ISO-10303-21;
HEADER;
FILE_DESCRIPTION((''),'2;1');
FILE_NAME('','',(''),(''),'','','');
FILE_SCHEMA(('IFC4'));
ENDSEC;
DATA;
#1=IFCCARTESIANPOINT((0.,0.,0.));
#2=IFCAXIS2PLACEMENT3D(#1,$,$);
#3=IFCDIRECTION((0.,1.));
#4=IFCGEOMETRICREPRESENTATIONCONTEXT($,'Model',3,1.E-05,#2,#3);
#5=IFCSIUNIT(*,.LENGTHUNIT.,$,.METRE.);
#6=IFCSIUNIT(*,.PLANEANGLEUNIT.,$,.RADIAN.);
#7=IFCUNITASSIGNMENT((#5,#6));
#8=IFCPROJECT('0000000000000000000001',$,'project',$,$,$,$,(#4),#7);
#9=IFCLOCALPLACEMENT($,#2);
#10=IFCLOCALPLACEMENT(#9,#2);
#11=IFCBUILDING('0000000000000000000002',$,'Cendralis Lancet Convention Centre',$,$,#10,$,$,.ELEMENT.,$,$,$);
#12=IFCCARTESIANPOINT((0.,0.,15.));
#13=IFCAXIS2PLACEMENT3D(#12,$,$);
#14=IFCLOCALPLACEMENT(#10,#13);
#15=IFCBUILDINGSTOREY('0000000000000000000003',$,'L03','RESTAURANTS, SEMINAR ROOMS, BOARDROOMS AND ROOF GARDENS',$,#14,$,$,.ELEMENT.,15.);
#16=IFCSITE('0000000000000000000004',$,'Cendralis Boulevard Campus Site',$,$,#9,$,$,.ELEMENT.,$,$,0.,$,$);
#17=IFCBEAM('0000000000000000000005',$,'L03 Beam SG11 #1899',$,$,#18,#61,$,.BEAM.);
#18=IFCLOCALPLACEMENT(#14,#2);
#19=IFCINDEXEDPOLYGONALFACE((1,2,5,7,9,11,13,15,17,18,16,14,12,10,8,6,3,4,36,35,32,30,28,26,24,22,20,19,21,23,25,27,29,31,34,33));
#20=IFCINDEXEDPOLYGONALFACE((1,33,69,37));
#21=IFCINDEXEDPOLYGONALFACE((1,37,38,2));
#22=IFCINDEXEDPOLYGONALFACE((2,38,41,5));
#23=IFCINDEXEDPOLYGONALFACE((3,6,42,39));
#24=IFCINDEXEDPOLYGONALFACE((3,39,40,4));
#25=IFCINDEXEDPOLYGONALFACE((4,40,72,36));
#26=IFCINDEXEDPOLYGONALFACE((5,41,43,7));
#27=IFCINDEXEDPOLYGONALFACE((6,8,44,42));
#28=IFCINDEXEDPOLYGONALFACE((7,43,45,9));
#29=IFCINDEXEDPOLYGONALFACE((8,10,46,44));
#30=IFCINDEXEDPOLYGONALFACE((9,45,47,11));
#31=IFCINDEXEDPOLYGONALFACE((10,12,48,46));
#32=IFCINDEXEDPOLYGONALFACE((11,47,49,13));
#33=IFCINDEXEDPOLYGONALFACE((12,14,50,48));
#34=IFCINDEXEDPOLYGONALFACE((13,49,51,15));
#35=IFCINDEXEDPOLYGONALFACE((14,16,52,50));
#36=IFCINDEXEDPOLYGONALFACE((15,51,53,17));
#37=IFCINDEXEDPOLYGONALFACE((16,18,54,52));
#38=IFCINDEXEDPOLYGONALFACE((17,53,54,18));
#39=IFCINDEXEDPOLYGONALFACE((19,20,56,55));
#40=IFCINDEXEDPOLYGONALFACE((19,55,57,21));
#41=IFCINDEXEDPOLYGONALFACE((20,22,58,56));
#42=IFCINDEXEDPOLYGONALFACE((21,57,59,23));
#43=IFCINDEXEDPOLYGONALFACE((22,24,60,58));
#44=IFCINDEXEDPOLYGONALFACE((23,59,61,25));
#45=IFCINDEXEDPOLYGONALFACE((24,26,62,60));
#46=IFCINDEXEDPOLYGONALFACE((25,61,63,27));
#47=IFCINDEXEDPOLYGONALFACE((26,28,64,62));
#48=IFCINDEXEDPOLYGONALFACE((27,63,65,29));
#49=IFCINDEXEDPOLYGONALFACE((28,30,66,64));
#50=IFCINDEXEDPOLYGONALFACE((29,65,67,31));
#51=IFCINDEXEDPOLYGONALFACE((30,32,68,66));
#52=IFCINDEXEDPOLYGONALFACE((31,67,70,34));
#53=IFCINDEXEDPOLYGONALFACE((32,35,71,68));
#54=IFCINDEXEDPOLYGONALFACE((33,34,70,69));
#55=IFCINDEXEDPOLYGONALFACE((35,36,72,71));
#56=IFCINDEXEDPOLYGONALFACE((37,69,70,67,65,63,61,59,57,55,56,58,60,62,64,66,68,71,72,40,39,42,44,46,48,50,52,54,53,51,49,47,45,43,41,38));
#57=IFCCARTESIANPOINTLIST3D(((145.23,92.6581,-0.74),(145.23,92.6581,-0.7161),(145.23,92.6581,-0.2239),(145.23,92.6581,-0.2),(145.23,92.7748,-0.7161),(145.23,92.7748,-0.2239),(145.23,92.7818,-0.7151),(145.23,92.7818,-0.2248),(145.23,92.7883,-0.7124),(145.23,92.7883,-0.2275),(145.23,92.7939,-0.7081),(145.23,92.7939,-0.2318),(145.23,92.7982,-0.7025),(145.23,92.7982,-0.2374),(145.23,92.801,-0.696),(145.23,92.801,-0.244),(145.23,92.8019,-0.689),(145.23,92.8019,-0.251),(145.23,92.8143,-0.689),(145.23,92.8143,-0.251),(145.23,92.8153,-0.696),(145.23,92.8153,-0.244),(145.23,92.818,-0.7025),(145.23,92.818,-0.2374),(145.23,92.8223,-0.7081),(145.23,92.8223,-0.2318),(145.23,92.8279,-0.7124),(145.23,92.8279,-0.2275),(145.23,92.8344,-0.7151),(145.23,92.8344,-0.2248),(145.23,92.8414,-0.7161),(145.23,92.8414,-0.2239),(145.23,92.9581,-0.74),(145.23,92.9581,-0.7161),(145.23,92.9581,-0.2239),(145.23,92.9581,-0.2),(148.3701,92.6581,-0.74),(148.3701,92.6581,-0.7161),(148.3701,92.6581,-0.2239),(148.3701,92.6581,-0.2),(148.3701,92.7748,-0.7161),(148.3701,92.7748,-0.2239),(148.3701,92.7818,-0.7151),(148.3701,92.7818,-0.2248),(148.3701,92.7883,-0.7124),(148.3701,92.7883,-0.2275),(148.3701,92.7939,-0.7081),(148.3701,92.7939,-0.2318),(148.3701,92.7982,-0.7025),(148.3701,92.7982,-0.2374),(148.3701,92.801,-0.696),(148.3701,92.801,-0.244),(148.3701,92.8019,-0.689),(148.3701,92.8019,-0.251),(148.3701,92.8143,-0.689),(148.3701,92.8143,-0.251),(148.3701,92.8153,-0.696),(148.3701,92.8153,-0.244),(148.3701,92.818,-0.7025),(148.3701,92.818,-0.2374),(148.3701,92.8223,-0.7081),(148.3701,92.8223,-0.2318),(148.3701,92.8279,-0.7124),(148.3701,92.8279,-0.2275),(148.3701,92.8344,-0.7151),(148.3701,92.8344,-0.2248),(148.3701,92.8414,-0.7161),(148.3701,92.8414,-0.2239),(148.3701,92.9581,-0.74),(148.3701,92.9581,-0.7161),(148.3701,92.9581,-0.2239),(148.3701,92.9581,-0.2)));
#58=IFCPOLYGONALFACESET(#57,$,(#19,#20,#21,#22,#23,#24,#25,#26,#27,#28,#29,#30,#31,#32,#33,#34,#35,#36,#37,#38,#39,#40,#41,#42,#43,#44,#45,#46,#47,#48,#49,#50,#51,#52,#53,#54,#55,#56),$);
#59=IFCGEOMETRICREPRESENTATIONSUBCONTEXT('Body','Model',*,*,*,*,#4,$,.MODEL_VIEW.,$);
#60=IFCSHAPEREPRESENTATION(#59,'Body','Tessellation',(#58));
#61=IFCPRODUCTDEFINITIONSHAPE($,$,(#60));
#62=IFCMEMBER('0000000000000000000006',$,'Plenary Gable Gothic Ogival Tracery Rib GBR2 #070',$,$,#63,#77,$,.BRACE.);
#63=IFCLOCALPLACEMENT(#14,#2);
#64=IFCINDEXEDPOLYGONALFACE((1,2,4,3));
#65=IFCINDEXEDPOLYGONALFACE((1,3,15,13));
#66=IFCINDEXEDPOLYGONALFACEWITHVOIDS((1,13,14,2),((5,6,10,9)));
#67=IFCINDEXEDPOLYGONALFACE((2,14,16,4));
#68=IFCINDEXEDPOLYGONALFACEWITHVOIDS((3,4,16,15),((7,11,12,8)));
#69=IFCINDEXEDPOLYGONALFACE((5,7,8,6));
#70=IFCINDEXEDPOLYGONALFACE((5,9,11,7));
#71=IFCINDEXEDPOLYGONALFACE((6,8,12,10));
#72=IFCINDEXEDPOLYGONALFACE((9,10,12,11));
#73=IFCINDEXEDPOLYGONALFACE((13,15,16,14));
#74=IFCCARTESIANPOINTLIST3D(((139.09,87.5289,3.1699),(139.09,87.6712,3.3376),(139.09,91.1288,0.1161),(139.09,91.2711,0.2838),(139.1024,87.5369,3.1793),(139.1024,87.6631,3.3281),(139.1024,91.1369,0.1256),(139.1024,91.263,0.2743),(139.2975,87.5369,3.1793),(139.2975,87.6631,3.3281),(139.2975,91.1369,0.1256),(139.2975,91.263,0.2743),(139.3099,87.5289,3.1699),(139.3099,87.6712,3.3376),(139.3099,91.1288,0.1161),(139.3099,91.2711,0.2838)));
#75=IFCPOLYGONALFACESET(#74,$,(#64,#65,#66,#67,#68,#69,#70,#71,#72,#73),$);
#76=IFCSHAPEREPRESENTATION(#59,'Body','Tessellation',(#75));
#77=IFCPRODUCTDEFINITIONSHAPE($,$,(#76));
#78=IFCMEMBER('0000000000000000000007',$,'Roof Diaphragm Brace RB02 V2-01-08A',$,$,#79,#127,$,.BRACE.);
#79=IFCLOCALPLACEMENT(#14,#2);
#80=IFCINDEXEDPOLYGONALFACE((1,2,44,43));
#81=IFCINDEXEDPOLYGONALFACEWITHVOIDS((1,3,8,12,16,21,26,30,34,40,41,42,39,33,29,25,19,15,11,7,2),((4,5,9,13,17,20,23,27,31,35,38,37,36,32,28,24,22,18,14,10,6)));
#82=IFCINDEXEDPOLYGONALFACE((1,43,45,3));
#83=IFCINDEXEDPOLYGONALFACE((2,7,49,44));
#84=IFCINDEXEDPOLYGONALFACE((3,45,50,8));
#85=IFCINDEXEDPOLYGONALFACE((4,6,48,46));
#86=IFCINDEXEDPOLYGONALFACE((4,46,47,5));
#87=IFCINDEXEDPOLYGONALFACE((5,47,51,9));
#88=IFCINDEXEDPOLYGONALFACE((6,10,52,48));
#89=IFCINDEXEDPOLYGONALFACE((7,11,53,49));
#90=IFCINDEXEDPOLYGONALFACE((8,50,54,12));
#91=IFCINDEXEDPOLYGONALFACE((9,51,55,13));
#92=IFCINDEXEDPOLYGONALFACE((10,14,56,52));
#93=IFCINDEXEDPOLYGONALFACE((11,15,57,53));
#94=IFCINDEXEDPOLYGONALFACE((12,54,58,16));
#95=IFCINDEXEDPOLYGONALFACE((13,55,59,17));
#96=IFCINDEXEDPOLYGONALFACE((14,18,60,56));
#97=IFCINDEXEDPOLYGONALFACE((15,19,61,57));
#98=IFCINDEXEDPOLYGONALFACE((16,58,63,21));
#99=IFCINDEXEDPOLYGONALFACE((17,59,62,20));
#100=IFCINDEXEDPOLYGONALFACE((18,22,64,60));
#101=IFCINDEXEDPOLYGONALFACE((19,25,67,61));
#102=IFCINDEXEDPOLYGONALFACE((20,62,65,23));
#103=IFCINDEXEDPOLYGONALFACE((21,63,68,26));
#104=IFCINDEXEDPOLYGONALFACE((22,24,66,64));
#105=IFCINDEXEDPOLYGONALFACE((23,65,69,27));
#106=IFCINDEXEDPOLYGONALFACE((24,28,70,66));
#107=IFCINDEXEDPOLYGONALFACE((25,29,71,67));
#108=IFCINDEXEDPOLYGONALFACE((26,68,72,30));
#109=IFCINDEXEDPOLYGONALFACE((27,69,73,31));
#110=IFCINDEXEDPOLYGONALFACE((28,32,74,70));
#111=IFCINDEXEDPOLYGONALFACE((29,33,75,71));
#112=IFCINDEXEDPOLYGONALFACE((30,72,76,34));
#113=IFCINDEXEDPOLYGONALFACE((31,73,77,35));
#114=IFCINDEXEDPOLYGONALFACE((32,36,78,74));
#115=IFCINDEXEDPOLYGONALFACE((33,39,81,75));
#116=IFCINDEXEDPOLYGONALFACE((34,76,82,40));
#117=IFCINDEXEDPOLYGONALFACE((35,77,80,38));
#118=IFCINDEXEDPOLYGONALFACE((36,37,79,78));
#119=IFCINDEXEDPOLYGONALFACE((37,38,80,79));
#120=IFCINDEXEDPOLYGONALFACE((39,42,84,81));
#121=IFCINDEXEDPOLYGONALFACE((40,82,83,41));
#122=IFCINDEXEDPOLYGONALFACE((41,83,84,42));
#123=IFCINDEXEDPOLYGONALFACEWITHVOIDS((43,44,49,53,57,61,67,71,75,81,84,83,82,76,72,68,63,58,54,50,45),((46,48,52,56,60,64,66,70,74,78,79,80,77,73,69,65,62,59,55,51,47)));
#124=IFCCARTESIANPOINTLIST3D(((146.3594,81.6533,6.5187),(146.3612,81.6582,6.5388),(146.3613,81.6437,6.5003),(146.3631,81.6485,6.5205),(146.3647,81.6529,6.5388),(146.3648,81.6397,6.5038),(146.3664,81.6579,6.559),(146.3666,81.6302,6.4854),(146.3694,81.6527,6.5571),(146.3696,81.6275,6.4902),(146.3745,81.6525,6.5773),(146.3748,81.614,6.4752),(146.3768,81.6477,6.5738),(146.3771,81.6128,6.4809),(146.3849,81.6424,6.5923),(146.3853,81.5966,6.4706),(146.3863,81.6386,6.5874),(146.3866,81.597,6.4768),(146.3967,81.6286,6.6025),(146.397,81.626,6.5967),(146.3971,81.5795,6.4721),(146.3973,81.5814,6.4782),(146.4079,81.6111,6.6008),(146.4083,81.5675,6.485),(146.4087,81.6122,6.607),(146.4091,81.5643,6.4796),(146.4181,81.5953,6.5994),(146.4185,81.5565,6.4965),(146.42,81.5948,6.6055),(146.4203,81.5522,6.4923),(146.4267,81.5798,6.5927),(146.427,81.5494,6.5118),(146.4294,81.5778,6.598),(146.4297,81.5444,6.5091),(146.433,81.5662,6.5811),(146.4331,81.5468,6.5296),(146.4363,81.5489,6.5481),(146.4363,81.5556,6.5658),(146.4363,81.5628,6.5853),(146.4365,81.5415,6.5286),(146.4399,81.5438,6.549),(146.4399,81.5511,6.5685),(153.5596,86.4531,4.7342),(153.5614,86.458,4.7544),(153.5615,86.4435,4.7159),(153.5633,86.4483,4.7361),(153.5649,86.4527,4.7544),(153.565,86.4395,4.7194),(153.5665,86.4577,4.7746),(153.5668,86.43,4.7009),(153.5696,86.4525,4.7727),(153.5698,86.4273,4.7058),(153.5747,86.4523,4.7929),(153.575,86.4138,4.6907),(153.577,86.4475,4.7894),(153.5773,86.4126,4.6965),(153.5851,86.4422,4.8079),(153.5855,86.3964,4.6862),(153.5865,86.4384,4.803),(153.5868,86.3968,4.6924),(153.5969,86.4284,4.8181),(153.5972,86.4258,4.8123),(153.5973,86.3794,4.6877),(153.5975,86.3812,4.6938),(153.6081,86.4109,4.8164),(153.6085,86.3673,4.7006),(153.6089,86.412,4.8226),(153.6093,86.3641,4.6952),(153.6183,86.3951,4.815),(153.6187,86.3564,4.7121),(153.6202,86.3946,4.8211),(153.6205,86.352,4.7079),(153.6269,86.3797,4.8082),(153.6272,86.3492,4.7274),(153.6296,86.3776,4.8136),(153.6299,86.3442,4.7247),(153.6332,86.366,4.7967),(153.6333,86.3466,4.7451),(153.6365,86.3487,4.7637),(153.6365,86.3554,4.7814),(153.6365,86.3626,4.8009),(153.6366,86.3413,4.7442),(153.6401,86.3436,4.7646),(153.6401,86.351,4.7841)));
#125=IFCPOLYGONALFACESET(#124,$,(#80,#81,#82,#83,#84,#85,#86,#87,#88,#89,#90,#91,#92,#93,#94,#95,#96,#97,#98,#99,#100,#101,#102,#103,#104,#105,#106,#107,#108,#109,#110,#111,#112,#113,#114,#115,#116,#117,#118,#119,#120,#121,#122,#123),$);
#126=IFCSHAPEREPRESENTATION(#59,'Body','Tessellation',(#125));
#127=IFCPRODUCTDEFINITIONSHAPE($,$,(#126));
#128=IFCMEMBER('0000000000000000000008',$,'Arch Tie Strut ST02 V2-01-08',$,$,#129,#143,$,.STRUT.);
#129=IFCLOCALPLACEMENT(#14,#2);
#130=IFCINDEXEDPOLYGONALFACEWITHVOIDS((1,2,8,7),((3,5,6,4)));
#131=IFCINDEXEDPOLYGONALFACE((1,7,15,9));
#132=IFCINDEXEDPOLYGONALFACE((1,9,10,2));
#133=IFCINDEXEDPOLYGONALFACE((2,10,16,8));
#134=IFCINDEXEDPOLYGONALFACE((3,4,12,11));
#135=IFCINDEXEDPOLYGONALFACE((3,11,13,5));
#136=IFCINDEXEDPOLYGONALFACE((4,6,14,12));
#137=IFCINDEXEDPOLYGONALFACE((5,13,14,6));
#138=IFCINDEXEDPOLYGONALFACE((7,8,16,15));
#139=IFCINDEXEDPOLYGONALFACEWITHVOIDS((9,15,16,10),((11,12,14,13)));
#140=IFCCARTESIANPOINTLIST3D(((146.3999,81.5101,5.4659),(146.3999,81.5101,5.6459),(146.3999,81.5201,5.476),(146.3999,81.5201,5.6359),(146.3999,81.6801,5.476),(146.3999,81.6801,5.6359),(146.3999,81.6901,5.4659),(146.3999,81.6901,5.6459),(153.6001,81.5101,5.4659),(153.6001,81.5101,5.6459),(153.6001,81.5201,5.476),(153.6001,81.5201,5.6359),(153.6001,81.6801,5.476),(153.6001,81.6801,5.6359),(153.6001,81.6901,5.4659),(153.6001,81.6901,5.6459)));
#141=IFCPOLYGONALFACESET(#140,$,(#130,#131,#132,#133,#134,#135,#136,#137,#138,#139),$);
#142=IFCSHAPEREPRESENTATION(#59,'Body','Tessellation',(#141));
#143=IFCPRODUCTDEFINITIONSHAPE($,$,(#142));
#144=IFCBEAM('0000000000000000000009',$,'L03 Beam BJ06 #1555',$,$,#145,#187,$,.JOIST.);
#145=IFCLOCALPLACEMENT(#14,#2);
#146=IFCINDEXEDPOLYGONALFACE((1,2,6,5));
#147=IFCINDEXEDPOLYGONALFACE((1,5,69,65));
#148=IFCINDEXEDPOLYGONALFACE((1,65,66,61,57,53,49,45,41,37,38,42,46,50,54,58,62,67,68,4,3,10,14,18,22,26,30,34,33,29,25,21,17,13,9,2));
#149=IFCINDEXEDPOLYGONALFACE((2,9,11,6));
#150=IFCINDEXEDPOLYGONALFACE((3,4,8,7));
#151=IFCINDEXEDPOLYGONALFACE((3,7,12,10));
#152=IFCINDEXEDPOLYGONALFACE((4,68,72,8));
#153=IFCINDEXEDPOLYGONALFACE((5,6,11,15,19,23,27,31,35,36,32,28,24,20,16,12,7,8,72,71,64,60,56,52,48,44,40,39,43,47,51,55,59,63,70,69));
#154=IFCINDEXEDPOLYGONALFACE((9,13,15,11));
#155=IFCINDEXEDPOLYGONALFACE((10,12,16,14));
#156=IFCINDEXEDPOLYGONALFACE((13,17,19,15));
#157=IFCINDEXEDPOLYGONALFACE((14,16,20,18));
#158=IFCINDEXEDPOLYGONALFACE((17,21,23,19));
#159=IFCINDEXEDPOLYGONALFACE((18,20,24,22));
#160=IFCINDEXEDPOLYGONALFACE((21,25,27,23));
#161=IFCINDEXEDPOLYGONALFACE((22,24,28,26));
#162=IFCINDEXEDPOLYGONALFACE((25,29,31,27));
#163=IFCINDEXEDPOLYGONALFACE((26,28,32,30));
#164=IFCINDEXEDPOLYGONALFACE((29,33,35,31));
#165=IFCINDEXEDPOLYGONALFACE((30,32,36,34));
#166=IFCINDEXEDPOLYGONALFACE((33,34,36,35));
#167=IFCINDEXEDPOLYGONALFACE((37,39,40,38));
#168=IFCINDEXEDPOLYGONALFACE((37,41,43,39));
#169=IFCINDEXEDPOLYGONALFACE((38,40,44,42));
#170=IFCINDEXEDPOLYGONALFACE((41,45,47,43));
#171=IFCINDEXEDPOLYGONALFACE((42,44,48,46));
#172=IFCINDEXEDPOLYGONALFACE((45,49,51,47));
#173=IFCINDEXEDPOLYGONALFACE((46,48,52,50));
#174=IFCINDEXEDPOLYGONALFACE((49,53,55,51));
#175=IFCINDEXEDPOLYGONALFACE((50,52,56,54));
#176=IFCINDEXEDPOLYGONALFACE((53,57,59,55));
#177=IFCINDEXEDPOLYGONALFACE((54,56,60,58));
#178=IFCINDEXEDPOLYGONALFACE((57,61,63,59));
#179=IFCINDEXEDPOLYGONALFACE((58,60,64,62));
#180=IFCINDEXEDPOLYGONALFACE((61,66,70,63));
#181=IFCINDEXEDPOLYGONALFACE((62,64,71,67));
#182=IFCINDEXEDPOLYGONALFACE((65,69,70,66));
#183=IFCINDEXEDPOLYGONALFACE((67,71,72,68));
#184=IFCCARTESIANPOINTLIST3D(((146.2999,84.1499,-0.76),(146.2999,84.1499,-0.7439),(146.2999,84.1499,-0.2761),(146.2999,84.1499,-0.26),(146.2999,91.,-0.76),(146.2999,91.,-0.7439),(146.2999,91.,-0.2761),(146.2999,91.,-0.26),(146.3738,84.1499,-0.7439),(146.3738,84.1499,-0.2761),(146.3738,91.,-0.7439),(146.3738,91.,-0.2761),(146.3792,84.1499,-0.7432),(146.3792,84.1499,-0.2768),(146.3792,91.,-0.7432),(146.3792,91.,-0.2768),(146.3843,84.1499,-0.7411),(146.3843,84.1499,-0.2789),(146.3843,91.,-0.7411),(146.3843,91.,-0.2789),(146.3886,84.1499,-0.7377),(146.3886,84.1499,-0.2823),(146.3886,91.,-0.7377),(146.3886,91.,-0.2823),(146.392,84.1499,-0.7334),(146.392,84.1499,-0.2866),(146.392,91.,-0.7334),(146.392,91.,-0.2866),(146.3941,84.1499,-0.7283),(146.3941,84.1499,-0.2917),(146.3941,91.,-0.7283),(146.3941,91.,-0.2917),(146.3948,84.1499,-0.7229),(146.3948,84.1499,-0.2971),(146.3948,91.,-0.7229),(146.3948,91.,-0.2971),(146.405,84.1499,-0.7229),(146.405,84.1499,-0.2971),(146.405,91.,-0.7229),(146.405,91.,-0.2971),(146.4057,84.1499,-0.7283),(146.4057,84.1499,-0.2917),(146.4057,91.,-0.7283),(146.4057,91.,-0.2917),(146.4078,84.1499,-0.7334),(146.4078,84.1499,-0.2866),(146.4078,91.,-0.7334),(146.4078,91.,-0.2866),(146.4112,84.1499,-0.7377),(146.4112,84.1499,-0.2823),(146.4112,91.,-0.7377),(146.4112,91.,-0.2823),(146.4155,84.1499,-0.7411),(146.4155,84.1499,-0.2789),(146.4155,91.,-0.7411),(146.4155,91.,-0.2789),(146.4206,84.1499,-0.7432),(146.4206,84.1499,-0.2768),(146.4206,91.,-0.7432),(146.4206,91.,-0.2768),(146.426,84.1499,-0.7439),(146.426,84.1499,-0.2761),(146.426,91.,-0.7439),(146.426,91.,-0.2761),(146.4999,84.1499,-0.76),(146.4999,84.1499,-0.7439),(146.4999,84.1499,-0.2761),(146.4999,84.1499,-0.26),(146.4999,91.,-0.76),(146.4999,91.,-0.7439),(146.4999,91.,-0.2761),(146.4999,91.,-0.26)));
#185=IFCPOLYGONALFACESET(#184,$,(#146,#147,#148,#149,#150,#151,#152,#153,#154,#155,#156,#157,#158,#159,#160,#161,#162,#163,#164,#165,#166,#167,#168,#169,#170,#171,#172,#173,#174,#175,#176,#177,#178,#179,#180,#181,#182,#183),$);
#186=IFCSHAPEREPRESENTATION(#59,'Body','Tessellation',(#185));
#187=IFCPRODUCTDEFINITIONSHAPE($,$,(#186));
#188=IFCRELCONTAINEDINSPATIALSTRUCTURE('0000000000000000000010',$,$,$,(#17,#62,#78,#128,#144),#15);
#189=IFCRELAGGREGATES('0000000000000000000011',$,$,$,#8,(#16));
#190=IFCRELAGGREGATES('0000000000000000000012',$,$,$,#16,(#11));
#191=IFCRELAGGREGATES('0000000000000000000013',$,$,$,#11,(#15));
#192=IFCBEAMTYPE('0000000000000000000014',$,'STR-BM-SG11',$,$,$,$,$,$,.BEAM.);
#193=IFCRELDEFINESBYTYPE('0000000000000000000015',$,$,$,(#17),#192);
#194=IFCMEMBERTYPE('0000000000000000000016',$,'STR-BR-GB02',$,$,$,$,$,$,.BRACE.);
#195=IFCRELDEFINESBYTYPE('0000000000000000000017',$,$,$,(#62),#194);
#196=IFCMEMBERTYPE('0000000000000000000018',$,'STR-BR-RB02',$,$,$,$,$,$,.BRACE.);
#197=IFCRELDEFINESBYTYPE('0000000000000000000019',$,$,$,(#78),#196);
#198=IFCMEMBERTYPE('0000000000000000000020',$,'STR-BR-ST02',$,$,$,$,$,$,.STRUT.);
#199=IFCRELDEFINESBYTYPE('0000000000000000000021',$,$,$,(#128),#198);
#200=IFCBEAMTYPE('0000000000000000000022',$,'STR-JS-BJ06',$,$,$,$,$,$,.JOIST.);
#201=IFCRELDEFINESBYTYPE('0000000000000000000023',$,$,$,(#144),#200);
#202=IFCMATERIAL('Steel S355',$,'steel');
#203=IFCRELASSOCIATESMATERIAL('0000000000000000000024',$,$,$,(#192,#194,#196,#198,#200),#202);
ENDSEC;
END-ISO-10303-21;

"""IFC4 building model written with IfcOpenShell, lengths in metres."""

from ifc_helpers import new_model, si_unit, direction, frame, origin, origin_2d, place, context, subcontext, project, spatial, hollow_rectangle, hollow_circle, i_section, extrude, material, material_profile, profile_set, type_object, element, save


model = new_model("IFC4")

# Units and contexts
model_context = context("Model", 3, precision=1e-05, world=origin(), true_north=direction((0.0, 1.0)))
body_context = subcontext(model_context, "Body", "Model", "MODEL_VIEW")
ifc_project = project(units=[si_unit("LENGTHUNIT", "METRE"), si_unit("PLANEANGLEUNIT", "RADIAN")], contexts=[model_context])

# Site, building, storey
site_placement = place(None, origin())
site = spatial("IfcSite", under=ifc_project, at=site_placement, Name="Cendralis Boulevard Campus Site", CompositionType="ELEMENT", RefElevation=0.0)
building_placement = place(site_placement, origin())
building = spatial("IfcBuilding", under=site, at=building_placement, Name="Cendralis Lancet Convention Centre", CompositionType="ELEMENT")
storey_placement = place(building_placement, frame((0.0, 0.0, 15.0)))
storey = spatial("IfcBuildingStorey", under=building, at=storey_placement, Name="L03", Description="RESTAURANTS, SEMINAR ROOMS, BOARDROOMS AND ROOF GARDENS", CompositionType="ELEMENT", Elevation=15.0)

# Shared definitions
ifc_material_1 = material(Name="Steel S355", Category="steel")

# Beam
ifc_material_profile_1 = material_profile(ifc_material_1, i_section(OverallWidth=0.3, OverallDepth=0.54, WebThickness=0.0125, FlangeThickness=0.0239, FilletRadius=0.0271, at=origin_2d()), Name="HEA 550")
ifc_profile_set_1 = profile_set([ifc_material_profile_1], Name="Steel S355")
beam_type_1 = type_object("IfcBeamType", Name="STR-BM-SG11", PredefinedType="BEAM", material=ifc_profile_set_1)
for number, where, z_axis, x_axis, name in (
    (1, (145.23, 92.8081, -0.47), (1.0, 0.0, 0.0), (0.0, 1.0, 0.0), "L03 Beam SG11 #1899"),
):
    element("IfcBeam", number, at=place(storey_placement, frame(where, z_axis=z_axis, x_axis=x_axis)), inside=storey, type_object=beam_type_1, Name=name, PredefinedType="BEAM", context=body_context, shape_type="SweptSolid", body=[
        extrude(i_section(OverallWidth=0.3, OverallDepth=0.54, WebThickness=0.0125, FlangeThickness=0.0239, FilletRadius=0.0271, at=origin_2d()), origin(), (0.0, 0.0, 1.0), 3.1401),
    ])

# Members
ifc_material_profile_2 = material_profile(ifc_material_1, hollow_rectangle(XDim=0.22, YDim=0.22, WallThickness=0.0125, at=origin_2d()), Name="SHS 220x220x12.5")
ifc_profile_set_2 = profile_set([ifc_material_profile_2], Name="Steel S355")
member_type_1 = type_object("IfcMemberType", Name="STR-BR-GB02", PredefinedType="BRACE", material=ifc_profile_set_2)
member_1_placement = place(storey_placement, frame((139.2, 91.2, 0.2), z_axis=(0.0, -0.762583, 0.64689), x_axis=(1.0, 0.0, 0.0)))
element("IfcMember", 2, at=member_1_placement, inside=storey, type_object=member_type_1, Name="Plenary Gable Gothic Ogival Tracery Rib GBR2 #070", PredefinedType="BRACE", context=body_context, shape_type="SweptSolid", body=[
    extrude(hollow_rectangle(XDim=0.22, YDim=0.22, WallThickness=0.0125, at=origin_2d()), origin(), (0.0, 0.0, 1.0), 4.7207),
])
ifc_material_profile_3 = material_profile(ifc_material_1, hollow_circle(Radius=0.0698, WallThickness=0.0063, at=origin_2d()), Name="CHS 139.7x6.3")
ifc_profile_set_3 = profile_set([ifc_material_profile_3], Name="Steel S355")
member_type_2 = type_object("IfcMemberType", Name="STR-BR-RB02", PredefinedType="BRACE", material=ifc_profile_set_3)
member_2_placement = place(storey_placement, frame((146.3999, 81.6001, 6.5388), z_axis=(0.814922, 0.543244, -0.201962), x_axis=(-0.554674, 0.832068, 0.0)))
element("IfcMember", 3, at=member_2_placement, inside=storey, type_object=member_type_2, Name="Roof Diaphragm Brace RB02 V2-01-08A", PredefinedType="BRACE", context=body_context, shape_type="SweptSolid", body=[
    extrude(hollow_circle(Radius=0.0698, WallThickness=0.0063, at=origin_2d()), origin(), (0.0, 0.0, 1.0), 8.8354),
])
ifc_material_profile_4 = material_profile(ifc_material_1, hollow_rectangle(XDim=0.1799, YDim=0.1799, WallThickness=0.01, at=origin_2d()), Name="SHS 180x180x10.0")
ifc_profile_set_4 = profile_set([ifc_material_profile_4], Name="Steel S355")
member_type_3 = type_object("IfcMemberType", Name="STR-BR-ST02", PredefinedType="STRUT", material=ifc_profile_set_4)
member_3_placement = place(storey_placement, frame((146.3999, 81.6001, 5.5559), z_axis=(1.0, 0.0, 0.0), x_axis=(0.0, 1.0, 0.0)))
element("IfcMember", 4, at=member_3_placement, inside=storey, type_object=member_type_3, Name="Arch Tie Strut ST02 V2-01-08", PredefinedType="STRUT", context=body_context, shape_type="SweptSolid", body=[
    extrude(hollow_rectangle(XDim=0.1799, YDim=0.1799, WallThickness=0.01, at=origin_2d()), origin(), (0.0, 0.0, 1.0), 7.2002),
])

# Beam
ifc_material_profile_5 = material_profile(ifc_material_1, i_section(OverallWidth=0.2, OverallDepth=0.5, WebThickness=0.0103, FlangeThickness=0.0161, FilletRadius=0.021, at=origin_2d()), Name="IPE 500")
ifc_profile_set_5 = profile_set([ifc_material_profile_5], Name="Steel S355")
beam_type_2 = type_object("IfcBeamType", Name="STR-JS-BJ06", PredefinedType="JOIST", material=ifc_profile_set_5)
beam_1_placement = place(storey_placement, frame((146.3999, 84.1499, -0.51), z_axis=(0.0, 1.0, 0.0), x_axis=(-1.0, 0.0, 0.0)))
element("IfcBeam", 5, at=beam_1_placement, inside=storey, type_object=beam_type_2, Name="L03 Beam BJ06 #1555", PredefinedType="JOIST", context=body_context, shape_type="SweptSolid", body=[
    extrude(i_section(OverallWidth=0.2, OverallDepth=0.5, WebThickness=0.0103, FlangeThickness=0.0161, FilletRadius=0.021, at=origin_2d()), origin(), (0.0, 0.0, 1.0), 6.8501),
])

save(model, "model.ifc")
